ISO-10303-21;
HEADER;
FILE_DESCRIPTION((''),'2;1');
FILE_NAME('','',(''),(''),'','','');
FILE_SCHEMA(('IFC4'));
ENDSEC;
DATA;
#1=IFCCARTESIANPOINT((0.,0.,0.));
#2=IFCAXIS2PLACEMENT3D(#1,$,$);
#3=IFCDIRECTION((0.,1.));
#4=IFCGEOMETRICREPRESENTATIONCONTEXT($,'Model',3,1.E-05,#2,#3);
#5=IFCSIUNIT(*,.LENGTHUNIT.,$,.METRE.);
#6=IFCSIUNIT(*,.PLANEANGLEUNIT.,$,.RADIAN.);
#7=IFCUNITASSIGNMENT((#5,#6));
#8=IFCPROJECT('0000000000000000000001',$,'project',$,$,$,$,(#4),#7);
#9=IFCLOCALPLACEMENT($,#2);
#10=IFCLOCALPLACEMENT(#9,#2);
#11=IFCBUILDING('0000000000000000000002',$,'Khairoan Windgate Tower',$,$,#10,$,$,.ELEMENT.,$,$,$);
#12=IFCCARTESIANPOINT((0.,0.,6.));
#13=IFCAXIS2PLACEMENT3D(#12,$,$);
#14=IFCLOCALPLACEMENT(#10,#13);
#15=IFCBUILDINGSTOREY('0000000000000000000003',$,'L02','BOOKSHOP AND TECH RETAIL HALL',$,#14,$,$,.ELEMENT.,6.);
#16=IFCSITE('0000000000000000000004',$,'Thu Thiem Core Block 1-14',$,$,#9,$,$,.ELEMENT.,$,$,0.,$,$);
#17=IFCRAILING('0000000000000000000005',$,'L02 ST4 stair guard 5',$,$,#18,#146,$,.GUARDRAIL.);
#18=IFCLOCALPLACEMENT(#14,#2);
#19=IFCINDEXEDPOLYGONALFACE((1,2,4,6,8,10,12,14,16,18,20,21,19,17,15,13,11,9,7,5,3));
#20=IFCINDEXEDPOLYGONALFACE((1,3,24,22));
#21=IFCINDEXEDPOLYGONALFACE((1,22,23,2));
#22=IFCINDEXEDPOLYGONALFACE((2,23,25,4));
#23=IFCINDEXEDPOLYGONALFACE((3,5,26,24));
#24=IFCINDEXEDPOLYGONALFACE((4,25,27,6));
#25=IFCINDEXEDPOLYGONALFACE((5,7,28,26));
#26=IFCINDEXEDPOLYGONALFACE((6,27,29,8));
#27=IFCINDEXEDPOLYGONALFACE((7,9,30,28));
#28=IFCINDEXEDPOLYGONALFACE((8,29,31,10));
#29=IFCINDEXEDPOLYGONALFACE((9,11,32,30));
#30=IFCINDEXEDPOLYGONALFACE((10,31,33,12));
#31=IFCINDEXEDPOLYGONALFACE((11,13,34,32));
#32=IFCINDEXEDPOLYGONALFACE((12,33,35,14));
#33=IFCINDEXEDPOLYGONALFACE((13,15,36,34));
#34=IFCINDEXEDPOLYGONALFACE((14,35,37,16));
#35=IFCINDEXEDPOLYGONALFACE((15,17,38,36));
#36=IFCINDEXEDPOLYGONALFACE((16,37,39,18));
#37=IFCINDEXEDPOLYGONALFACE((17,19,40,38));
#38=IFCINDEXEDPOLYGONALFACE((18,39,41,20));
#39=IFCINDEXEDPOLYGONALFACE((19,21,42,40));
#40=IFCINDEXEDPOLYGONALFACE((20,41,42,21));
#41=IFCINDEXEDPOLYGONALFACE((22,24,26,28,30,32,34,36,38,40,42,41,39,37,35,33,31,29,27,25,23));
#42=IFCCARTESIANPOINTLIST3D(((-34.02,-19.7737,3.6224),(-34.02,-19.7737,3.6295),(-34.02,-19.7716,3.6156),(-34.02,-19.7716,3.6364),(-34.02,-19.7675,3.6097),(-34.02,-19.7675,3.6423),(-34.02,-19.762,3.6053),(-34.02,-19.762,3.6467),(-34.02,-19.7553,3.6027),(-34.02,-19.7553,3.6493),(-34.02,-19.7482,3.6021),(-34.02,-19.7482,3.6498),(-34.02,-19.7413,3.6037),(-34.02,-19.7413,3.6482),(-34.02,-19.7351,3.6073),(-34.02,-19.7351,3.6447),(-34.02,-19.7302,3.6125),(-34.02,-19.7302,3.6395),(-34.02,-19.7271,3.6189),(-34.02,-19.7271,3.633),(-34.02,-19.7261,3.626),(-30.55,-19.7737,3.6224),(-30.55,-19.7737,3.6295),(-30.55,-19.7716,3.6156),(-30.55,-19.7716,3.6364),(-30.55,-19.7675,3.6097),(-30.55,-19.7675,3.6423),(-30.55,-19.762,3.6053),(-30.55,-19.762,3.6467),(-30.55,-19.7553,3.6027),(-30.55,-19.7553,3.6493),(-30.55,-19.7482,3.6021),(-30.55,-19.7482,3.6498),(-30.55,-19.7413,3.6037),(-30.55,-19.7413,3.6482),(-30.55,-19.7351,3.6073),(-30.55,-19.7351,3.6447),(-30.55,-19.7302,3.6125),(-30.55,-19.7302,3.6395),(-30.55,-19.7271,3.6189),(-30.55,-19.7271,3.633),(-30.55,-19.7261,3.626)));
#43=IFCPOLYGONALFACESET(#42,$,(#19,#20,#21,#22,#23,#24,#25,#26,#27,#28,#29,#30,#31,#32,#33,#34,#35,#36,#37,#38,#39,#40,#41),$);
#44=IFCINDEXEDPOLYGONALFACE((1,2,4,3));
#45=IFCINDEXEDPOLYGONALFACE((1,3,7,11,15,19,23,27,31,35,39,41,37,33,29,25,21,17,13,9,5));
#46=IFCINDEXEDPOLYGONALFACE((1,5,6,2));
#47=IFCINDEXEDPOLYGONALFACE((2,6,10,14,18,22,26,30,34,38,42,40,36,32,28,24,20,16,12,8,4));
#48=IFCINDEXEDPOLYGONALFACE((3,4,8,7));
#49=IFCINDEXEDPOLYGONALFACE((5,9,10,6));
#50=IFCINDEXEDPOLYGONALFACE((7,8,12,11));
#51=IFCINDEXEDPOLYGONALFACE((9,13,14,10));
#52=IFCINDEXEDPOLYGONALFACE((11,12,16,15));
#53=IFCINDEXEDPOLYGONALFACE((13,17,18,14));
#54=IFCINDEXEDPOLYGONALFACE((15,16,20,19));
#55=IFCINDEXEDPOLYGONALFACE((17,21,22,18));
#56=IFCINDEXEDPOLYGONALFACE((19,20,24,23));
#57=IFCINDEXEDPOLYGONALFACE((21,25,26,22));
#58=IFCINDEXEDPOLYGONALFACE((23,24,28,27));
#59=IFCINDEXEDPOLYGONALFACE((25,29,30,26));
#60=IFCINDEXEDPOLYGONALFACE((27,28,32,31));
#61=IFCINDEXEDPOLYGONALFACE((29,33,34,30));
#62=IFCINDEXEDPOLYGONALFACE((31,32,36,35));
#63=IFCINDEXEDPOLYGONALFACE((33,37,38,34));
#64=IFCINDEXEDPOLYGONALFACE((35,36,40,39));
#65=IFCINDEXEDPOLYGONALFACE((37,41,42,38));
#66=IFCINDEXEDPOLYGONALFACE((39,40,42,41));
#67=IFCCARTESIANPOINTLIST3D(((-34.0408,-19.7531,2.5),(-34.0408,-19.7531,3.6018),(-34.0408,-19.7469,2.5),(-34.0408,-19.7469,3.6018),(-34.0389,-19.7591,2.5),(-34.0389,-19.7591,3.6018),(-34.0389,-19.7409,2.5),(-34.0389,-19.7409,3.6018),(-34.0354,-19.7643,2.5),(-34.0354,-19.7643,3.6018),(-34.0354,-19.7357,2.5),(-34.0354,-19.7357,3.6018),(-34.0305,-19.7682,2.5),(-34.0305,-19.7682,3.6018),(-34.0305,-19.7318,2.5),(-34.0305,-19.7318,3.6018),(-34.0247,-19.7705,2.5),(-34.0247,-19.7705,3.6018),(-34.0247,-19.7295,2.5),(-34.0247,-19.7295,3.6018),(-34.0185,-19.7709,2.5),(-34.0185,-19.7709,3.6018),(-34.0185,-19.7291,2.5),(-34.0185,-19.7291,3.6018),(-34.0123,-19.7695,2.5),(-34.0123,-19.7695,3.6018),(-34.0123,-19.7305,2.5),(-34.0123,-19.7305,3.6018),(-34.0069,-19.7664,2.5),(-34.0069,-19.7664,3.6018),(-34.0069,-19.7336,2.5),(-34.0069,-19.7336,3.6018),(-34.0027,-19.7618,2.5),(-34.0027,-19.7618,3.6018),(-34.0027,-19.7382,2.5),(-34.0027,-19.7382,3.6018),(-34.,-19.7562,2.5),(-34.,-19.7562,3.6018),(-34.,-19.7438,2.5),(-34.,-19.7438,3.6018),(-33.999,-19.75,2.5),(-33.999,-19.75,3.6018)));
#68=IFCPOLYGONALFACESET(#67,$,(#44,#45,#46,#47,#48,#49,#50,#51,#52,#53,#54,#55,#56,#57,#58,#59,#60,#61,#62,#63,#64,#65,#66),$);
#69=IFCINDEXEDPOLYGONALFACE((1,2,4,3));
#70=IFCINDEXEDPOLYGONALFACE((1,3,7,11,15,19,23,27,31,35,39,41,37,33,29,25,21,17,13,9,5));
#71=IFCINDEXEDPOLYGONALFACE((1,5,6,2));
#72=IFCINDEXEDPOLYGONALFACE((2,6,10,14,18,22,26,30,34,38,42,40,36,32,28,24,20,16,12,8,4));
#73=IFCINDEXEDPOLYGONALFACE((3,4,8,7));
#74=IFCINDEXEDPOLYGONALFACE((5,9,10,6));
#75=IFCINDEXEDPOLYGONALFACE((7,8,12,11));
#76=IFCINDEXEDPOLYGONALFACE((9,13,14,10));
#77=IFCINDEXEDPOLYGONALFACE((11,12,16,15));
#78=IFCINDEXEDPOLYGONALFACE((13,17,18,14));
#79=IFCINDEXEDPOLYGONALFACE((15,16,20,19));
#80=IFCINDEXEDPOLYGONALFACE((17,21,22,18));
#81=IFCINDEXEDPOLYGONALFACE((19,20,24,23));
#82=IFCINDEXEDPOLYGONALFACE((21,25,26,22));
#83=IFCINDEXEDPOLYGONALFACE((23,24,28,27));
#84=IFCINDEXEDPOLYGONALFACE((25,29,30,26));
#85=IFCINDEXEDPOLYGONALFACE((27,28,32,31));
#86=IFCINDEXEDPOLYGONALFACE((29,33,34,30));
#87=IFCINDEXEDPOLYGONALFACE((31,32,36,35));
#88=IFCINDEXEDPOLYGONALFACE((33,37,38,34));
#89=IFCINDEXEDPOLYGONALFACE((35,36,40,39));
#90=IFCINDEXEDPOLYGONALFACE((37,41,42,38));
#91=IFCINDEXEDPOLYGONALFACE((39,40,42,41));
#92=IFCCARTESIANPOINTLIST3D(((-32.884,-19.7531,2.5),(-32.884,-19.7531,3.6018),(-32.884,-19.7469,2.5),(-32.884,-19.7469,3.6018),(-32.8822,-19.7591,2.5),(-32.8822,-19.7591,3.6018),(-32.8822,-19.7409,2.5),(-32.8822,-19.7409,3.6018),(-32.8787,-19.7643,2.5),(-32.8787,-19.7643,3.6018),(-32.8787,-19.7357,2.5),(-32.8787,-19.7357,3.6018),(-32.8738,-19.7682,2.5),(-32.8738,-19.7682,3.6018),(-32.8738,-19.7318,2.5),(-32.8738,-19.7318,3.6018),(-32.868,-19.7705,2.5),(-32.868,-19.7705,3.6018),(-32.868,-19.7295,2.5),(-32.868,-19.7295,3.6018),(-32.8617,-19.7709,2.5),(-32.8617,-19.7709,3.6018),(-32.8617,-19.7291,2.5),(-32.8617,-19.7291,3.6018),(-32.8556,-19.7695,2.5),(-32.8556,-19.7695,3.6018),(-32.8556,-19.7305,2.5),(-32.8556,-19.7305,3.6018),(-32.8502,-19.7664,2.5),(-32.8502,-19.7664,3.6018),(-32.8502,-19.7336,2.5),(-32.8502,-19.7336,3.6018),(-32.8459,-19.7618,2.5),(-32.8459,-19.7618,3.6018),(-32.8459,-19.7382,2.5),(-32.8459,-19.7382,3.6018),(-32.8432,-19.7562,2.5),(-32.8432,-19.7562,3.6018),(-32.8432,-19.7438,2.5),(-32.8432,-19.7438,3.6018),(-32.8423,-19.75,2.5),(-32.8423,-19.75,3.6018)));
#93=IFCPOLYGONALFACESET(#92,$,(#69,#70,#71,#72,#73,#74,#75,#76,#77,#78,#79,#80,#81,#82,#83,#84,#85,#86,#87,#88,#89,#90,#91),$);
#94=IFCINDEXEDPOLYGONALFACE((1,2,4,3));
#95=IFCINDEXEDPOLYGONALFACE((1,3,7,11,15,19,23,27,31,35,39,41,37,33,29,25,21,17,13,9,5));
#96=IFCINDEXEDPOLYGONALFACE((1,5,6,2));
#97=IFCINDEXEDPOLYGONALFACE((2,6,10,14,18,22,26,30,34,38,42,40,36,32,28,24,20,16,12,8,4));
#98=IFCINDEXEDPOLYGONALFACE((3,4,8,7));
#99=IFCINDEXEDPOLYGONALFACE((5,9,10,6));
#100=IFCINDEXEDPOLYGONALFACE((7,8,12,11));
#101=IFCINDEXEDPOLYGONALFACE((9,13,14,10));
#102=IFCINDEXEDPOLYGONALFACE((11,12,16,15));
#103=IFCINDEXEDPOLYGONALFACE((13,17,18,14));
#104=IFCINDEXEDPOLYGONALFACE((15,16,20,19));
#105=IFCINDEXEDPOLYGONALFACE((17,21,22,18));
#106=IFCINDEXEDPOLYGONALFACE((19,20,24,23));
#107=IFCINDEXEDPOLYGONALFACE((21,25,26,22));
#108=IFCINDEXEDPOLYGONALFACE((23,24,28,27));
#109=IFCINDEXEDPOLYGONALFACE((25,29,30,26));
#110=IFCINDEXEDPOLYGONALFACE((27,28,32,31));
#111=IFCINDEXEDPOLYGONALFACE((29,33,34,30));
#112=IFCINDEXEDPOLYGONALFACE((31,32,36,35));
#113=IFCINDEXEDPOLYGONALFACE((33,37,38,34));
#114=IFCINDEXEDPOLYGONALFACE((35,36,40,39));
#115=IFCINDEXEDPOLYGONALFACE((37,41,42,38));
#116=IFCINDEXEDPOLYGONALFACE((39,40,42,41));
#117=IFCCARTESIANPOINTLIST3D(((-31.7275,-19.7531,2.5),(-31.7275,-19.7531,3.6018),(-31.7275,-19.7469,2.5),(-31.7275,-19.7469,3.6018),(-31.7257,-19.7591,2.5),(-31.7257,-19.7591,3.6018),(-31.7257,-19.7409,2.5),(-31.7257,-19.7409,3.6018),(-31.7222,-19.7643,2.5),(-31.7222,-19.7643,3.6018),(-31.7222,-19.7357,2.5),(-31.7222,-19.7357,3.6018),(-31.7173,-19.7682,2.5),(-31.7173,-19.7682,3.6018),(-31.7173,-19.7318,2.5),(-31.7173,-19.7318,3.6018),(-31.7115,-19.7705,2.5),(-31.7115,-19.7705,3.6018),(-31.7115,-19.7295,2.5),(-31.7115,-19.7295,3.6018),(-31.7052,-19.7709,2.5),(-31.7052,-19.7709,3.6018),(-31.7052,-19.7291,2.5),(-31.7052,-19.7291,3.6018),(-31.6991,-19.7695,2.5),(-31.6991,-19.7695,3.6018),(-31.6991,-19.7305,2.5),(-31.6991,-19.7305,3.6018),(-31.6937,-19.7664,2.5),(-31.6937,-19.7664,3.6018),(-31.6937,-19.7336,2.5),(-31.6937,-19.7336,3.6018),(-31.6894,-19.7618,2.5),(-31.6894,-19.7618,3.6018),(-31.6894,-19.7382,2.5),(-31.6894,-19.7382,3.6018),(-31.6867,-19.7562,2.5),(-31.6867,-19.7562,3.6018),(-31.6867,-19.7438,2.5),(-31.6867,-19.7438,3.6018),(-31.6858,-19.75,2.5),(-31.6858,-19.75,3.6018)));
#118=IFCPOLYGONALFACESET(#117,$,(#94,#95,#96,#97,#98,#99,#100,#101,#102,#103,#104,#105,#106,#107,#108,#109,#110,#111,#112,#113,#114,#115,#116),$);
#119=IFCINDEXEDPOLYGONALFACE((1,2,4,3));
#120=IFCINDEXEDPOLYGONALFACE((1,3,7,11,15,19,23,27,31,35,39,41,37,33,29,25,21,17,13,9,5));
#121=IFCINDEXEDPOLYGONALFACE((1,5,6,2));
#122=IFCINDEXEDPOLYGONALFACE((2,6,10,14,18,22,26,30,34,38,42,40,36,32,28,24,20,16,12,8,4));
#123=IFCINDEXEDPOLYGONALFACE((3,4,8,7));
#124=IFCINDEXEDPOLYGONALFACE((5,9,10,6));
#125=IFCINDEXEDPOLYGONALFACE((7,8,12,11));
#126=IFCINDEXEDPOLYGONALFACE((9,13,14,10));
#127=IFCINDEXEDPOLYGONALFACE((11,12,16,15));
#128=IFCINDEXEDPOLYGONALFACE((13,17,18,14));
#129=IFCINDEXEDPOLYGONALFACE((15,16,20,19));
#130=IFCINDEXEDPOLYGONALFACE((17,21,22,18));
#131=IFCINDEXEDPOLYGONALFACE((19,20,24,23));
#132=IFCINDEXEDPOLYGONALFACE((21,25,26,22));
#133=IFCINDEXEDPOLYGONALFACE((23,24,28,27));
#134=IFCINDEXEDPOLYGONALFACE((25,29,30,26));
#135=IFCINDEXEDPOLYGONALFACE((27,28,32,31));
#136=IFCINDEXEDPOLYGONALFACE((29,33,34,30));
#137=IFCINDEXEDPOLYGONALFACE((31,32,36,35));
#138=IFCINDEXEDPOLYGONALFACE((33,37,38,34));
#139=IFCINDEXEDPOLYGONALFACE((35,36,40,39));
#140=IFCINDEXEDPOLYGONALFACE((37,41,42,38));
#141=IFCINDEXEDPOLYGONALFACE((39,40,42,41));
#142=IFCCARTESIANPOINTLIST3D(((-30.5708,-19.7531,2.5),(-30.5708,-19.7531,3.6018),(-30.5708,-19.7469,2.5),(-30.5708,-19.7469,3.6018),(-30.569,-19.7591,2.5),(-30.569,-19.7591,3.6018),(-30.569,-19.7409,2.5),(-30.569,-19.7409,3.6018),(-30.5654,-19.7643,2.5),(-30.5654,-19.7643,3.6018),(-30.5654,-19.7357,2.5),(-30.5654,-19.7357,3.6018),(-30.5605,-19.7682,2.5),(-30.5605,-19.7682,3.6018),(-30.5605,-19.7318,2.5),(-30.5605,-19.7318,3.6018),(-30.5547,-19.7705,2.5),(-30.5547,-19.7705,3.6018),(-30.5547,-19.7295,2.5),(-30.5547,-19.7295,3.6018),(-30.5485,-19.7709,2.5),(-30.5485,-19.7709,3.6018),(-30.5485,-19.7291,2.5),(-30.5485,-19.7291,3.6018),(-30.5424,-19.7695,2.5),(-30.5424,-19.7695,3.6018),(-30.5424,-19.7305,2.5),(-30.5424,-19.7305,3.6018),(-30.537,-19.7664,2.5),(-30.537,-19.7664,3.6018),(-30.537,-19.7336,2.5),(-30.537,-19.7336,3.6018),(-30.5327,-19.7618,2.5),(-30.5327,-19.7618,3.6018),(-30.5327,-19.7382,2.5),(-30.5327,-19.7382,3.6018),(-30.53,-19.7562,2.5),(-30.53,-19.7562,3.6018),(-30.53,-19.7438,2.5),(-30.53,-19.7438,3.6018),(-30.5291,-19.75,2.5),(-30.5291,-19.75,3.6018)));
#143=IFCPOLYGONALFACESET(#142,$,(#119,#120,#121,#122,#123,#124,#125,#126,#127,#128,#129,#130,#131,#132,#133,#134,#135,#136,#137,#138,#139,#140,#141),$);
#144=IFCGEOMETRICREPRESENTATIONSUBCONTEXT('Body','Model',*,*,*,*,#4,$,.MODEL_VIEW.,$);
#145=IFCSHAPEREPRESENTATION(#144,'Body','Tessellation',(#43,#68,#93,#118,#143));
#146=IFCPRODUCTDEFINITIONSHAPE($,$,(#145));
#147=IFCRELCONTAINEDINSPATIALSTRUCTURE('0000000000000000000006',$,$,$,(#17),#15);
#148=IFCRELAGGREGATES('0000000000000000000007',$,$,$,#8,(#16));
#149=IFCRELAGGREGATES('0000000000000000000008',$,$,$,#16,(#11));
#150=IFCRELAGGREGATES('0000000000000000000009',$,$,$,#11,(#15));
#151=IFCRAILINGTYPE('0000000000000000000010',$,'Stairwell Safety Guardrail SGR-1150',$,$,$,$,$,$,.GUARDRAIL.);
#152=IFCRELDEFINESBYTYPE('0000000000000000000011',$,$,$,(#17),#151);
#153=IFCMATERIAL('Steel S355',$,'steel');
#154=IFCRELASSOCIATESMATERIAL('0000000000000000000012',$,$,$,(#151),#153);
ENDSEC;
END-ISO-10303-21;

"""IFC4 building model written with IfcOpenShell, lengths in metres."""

from ifc_helpers import new_model, si_unit, direction, frame, origin, origin_2d, place, context, subcontext, project, spatial, circle, extrude, material, type_object, element, save


model = new_model("IFC4")

# Units and contexts
model_context = context("Model", 3, precision=1e-05, world=origin(), true_north=direction((0.0, 1.0)))
body_context = subcontext(model_context, "Body", "Model", "MODEL_VIEW")
ifc_project = project(units=[si_unit("LENGTHUNIT", "METRE"), si_unit("PLANEANGLEUNIT", "RADIAN")], contexts=[model_context])

# Site, building, storey
site_placement = place(None, origin())
site = spatial("IfcSite", under=ifc_project, at=site_placement, Name="Thu Thiem Core Block 1-14", CompositionType="ELEMENT", RefElevation=0.0)
building_placement = place(site_placement, origin())
building = spatial("IfcBuilding", under=site, at=building_placement, Name="Khairoan Windgate Tower", CompositionType="ELEMENT")
storey_placement = place(building_placement, frame((0.0, 0.0, 6.0)))
storey = spatial("IfcBuildingStorey", under=building, at=storey_placement, Name="L02", Description="BOOKSHOP AND TECH RETAIL HALL", CompositionType="ELEMENT", Elevation=6.0)

# Railing
ifc_material_1 = material(Name="Steel S355", Category="steel")
railing_type = type_object("IfcRailingType", Name="Stairwell Safety Guardrail SGR-1150", PredefinedType="GUARDRAIL", material=ifc_material_1)
railing_1_placement = place(storey_placement, frame((-34.02, -19.75, 2.5)))
element("IfcRailing", 1, at=railing_1_placement, inside=storey, type_object=railing_type, Name="L02 ST4 stair guard 5", PredefinedType="GUARDRAIL", context=body_context, shape_type="SweptSolid", body=[
    extrude(circle(Radius=0.0239, at=origin_2d()), frame((0.0, 0.0, 1.126), z_axis=(1.0, 0.0, 0.0), x_axis=(0.0, 1.0, 0.0)), (0.0, 0.0, 1.0), 3.47),
    extrude(circle(Radius=0.021, at=origin_2d()), origin(), (0.0, 0.0, 1.0), 1.1018),
    extrude(circle(Radius=0.021, at=origin_2d()), frame((1.1567, 0.0, 0.0)), (0.0, 0.0, 1.0), 1.1018),
    extrude(circle(Radius=0.021, at=origin_2d()), frame((2.3132, 0.0, 0.0)), (0.0, 0.0, 1.0), 1.1018),
    extrude(circle(Radius=0.021, at=origin_2d()), frame((3.47, 0.0, 0.0)), (0.0, 0.0, 1.0), 1.1018),
])

save(model, "model.ifc")
